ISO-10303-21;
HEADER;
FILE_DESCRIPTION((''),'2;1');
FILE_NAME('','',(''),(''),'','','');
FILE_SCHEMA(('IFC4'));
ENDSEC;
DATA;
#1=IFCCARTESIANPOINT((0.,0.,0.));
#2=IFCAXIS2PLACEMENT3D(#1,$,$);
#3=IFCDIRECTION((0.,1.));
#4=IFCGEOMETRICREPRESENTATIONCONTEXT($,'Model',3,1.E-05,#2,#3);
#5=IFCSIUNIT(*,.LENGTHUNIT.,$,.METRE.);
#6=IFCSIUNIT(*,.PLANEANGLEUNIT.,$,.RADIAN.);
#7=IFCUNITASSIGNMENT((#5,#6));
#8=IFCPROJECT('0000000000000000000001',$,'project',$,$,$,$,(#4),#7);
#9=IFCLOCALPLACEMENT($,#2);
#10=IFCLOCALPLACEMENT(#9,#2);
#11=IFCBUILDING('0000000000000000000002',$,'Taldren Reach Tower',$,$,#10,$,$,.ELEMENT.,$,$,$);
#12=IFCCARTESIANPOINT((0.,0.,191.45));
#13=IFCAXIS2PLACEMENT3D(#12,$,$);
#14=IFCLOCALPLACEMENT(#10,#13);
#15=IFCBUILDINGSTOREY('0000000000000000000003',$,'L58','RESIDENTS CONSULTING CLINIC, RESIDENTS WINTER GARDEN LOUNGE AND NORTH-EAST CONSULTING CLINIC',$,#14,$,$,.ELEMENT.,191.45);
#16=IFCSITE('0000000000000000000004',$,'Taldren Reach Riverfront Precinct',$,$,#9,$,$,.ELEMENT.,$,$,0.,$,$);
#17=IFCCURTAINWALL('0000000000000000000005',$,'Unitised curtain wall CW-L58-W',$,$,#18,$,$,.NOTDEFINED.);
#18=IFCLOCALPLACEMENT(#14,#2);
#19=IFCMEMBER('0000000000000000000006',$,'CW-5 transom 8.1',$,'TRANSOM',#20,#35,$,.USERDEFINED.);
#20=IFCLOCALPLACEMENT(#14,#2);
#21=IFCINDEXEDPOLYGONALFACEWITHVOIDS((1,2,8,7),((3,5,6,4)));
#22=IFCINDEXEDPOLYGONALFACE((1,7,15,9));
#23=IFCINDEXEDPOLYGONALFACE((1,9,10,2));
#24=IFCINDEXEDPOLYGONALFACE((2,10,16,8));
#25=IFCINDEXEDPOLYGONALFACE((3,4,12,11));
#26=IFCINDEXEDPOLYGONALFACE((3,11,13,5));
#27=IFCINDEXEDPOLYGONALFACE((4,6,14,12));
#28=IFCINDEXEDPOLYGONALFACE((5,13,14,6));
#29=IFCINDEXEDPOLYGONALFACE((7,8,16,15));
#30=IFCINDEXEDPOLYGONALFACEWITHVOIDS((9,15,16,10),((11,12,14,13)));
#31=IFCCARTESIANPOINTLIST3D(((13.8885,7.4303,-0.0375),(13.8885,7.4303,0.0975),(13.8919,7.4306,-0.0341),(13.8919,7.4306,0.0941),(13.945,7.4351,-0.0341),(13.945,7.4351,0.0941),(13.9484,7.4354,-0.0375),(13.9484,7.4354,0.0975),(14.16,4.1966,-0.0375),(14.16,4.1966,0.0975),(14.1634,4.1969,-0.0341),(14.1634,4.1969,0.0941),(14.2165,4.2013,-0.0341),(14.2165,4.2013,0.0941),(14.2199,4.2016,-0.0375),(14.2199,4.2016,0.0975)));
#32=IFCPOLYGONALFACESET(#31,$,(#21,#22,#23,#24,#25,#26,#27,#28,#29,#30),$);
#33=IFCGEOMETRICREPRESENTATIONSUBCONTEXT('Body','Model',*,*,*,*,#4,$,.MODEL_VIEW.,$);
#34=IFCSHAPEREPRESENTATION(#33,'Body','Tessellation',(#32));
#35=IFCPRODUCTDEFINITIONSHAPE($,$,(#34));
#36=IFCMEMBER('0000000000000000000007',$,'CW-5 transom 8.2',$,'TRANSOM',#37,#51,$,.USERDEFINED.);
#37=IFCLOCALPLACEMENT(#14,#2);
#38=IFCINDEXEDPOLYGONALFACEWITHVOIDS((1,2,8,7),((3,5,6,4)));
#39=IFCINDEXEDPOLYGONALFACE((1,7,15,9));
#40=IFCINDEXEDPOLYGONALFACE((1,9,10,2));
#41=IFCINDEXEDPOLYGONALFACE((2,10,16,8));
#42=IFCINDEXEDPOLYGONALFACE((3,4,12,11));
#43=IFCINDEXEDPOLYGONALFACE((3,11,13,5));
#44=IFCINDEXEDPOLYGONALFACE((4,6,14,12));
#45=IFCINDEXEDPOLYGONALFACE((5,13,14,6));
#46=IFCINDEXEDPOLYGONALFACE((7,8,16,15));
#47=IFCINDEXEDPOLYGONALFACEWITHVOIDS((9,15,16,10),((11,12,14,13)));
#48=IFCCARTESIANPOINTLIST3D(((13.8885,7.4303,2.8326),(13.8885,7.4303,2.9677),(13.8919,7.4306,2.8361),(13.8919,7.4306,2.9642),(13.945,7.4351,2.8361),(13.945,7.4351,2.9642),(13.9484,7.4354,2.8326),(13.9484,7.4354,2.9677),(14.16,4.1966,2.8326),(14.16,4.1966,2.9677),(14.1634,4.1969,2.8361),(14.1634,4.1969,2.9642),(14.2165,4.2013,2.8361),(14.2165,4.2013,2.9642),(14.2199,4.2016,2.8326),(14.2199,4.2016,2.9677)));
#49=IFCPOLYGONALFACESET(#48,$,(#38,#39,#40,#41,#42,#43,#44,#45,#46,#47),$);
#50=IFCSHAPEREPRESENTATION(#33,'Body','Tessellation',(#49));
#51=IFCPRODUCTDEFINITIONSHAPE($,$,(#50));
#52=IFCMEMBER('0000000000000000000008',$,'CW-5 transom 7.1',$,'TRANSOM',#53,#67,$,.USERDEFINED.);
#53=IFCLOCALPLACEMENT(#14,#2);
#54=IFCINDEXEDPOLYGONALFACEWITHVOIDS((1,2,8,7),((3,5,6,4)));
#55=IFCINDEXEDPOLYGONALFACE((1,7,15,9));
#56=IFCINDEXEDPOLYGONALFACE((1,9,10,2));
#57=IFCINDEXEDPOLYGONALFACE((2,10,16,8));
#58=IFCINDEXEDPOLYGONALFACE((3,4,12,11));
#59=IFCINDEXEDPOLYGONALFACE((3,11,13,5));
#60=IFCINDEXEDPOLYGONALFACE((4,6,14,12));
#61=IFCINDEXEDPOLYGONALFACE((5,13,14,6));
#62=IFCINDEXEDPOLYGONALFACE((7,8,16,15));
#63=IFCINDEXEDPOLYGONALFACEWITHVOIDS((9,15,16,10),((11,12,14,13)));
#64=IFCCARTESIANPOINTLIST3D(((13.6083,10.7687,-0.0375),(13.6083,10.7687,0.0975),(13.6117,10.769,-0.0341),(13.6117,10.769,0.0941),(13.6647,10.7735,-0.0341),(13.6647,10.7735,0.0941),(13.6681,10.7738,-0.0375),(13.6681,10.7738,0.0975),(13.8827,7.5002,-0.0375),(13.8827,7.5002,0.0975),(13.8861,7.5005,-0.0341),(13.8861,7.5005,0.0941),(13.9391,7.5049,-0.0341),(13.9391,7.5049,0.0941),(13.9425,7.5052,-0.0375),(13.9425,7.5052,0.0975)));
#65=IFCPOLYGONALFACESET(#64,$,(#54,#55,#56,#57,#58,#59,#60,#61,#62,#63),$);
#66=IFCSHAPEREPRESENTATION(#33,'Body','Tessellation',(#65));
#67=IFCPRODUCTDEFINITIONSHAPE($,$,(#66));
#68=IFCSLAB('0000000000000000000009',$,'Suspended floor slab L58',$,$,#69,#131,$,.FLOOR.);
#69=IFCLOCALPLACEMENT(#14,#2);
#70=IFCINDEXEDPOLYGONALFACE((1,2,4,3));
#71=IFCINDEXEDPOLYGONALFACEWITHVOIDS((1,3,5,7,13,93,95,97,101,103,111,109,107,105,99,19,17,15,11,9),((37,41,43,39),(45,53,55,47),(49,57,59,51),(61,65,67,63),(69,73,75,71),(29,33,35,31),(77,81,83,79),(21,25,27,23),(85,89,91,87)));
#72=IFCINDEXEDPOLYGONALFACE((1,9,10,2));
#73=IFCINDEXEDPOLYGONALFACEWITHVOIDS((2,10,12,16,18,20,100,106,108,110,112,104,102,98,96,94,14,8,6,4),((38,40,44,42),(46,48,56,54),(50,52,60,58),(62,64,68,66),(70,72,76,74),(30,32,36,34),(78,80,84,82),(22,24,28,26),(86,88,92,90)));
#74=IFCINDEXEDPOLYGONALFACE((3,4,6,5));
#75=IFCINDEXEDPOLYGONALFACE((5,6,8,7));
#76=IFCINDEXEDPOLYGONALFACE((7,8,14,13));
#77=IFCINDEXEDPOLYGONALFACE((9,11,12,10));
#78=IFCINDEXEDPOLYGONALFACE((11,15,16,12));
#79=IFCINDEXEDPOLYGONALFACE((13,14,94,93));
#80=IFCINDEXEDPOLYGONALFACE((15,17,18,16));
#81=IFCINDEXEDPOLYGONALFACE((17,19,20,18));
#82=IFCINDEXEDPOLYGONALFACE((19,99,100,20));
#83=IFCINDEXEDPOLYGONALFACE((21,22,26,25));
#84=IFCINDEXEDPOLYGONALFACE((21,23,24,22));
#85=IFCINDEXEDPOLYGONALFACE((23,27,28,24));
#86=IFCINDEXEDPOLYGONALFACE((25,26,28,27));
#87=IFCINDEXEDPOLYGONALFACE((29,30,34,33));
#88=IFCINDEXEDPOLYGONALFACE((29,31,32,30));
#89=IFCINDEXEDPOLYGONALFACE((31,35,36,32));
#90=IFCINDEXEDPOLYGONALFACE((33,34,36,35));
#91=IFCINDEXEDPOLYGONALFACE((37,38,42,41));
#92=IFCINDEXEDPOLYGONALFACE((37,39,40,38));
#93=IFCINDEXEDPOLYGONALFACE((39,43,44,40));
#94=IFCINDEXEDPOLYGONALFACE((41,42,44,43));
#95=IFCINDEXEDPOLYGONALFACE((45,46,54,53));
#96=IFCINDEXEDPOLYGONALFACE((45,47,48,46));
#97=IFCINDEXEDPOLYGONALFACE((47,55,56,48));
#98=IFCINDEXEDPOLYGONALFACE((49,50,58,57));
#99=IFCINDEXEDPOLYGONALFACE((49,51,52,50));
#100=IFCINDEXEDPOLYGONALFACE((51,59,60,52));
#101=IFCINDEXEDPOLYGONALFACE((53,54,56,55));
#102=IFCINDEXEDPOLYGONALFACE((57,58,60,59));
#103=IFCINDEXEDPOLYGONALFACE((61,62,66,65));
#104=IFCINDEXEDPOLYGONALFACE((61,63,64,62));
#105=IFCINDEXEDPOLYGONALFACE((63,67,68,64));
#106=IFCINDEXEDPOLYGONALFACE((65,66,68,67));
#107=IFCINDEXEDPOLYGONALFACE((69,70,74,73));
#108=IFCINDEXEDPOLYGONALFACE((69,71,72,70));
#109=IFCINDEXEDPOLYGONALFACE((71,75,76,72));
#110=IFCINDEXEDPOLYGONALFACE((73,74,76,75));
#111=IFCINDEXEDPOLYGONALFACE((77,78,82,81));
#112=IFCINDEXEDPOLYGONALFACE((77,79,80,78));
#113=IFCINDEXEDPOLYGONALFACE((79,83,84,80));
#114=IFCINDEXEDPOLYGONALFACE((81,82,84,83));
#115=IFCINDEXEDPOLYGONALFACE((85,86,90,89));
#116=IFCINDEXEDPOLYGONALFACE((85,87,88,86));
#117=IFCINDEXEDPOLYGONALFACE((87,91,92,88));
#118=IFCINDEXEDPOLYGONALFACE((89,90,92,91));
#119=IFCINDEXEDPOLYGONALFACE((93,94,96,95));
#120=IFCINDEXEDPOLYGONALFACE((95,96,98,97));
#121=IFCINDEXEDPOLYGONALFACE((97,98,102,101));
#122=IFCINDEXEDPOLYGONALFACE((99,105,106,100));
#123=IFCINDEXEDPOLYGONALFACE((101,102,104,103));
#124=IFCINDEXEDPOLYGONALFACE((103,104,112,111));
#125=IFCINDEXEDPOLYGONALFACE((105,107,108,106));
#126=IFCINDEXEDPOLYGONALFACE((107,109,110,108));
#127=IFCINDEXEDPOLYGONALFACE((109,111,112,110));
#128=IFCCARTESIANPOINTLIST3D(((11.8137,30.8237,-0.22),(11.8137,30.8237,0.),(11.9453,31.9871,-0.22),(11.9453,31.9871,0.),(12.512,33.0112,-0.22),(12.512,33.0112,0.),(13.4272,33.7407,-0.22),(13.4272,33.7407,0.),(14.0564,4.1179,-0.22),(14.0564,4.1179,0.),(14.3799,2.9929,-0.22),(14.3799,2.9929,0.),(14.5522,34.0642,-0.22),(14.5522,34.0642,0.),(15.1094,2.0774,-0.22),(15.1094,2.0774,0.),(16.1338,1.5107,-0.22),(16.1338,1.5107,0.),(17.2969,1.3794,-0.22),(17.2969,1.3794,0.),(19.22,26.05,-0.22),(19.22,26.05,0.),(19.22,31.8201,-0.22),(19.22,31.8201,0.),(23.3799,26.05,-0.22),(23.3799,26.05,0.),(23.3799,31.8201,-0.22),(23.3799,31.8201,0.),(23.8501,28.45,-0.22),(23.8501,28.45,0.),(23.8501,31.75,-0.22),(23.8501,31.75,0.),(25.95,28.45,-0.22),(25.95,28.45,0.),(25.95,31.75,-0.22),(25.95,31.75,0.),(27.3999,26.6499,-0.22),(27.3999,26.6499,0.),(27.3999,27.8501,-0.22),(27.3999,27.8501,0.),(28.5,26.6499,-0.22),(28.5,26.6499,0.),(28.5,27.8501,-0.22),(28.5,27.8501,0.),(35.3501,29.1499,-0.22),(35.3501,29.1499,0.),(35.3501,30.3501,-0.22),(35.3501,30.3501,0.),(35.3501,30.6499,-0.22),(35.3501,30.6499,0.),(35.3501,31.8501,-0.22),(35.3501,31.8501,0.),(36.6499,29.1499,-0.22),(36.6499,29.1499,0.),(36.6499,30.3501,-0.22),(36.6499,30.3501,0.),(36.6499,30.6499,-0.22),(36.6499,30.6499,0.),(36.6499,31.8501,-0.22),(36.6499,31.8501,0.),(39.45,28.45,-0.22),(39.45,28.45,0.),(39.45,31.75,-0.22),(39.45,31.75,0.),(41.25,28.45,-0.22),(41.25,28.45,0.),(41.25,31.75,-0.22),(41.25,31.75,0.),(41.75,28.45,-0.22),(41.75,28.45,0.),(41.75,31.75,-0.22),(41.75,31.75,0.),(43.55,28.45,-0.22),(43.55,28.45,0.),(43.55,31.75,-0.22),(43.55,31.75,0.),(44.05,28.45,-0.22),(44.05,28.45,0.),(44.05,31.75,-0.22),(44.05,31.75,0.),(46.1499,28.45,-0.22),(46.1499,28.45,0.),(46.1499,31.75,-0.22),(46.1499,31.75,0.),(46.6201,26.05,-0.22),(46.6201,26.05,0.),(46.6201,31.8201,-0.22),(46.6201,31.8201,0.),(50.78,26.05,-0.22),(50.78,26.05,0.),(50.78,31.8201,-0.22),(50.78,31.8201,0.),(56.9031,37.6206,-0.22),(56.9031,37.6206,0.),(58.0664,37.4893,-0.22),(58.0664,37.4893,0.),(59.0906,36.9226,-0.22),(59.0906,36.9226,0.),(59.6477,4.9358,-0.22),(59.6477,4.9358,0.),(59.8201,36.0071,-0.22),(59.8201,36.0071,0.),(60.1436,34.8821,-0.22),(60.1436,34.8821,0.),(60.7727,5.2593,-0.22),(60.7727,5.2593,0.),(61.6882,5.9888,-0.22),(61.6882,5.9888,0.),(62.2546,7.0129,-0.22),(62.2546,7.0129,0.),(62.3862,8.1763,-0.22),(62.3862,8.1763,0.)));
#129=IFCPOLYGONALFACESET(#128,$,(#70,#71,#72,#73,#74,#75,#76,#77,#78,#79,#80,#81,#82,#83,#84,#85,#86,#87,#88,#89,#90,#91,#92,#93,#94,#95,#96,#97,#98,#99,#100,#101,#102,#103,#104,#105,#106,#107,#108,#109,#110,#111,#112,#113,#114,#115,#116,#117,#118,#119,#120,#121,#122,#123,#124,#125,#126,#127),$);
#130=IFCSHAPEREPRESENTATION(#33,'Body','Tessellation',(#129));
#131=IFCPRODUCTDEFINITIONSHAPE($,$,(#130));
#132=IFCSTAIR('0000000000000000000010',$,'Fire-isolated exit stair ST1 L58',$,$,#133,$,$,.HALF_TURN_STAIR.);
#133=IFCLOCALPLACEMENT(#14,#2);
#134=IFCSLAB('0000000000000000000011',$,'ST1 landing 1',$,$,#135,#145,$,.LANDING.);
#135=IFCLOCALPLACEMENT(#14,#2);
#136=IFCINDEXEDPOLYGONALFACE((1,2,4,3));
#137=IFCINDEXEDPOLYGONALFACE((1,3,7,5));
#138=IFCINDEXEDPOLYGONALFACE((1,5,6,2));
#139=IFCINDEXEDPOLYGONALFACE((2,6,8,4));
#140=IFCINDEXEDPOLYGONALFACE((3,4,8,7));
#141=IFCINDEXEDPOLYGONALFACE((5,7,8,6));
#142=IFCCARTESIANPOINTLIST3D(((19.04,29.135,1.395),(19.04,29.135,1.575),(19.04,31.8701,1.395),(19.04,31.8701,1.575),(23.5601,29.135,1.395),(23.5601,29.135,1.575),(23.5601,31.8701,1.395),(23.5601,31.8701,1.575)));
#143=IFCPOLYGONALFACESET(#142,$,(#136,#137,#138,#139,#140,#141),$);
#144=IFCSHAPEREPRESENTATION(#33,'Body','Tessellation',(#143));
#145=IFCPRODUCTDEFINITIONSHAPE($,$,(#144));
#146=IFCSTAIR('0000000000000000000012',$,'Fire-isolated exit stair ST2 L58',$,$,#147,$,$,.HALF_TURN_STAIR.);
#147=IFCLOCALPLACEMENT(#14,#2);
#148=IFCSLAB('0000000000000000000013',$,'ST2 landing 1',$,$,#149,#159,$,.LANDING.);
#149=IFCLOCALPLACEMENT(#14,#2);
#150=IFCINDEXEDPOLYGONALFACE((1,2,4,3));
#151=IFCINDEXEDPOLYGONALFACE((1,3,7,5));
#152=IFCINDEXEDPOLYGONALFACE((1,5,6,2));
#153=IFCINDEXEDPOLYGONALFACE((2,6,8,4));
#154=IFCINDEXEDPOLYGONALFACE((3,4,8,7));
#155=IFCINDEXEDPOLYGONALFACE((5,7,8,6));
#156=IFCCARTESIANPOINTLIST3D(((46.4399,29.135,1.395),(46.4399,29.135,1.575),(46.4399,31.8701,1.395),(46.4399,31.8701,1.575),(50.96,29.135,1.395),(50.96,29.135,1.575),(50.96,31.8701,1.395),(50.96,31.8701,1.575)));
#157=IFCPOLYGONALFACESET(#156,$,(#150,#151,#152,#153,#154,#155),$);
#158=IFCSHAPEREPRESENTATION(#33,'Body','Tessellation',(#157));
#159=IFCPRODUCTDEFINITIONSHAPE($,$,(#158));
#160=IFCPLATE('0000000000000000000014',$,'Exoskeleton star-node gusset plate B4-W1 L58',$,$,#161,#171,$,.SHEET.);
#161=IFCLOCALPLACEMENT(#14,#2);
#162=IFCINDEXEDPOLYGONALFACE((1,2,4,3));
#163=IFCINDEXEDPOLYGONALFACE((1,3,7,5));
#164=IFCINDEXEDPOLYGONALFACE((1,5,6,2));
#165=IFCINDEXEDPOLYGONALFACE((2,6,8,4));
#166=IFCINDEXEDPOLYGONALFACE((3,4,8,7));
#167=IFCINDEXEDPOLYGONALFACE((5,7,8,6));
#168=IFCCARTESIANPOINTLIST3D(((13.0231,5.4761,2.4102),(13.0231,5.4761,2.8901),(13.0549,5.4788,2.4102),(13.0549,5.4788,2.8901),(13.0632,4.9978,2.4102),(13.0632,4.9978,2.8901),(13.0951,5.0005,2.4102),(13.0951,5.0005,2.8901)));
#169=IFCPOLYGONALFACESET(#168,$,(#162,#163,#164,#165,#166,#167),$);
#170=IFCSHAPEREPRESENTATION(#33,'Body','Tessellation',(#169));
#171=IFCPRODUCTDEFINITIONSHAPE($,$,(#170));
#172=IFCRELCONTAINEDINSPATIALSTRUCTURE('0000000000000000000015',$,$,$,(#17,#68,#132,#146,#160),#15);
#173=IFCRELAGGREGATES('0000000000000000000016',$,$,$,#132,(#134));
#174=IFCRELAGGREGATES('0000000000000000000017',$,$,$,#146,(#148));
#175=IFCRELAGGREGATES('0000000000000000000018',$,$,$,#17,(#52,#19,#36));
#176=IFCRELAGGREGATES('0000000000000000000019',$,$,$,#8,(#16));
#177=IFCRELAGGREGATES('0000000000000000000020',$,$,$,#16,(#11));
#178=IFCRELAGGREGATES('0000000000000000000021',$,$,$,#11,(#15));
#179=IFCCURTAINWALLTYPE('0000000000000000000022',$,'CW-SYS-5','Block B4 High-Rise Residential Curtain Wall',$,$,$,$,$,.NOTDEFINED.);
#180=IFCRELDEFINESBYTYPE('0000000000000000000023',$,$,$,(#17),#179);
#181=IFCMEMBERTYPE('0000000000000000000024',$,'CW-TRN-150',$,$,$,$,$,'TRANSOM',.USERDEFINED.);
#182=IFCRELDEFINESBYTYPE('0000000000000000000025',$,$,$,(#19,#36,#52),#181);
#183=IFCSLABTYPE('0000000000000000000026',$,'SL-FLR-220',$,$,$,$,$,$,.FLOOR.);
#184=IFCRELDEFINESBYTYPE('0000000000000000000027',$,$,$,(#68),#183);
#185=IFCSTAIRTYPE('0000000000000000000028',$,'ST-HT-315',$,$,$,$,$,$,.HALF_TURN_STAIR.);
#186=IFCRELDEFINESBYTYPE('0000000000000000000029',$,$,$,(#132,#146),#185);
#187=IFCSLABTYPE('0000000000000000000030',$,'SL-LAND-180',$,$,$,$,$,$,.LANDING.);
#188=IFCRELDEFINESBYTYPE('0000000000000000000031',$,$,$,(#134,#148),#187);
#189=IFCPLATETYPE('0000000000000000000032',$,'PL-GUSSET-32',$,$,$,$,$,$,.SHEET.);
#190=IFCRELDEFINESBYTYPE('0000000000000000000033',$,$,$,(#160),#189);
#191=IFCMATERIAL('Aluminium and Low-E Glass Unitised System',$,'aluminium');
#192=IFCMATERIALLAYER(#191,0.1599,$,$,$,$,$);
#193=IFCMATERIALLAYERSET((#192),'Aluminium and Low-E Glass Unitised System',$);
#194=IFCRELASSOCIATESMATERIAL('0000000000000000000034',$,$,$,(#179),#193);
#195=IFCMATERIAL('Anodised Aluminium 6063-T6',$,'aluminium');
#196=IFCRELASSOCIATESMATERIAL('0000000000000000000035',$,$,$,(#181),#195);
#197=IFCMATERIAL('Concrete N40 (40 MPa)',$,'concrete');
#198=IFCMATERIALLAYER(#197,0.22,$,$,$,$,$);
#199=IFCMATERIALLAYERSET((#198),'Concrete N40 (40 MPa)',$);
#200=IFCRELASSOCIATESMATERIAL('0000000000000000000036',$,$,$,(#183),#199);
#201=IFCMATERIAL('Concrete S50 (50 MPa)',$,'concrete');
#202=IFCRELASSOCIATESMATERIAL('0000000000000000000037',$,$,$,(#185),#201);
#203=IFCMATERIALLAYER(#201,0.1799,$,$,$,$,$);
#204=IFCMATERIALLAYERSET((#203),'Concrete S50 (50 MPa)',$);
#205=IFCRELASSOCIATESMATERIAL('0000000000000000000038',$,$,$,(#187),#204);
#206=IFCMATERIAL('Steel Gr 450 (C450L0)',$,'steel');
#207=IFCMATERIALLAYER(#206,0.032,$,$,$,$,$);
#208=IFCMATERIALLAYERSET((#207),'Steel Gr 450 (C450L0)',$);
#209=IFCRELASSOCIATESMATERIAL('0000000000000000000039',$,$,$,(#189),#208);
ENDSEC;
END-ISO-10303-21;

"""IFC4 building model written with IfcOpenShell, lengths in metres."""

from ifc_helpers import new_model, si_unit, direction, frame, origin, origin_2d, place, context, subcontext, project, spatial, polyline, rectangle, hollow_rectangle, outline, extrude, source, transform, mapped, material, layer, layer_set, material_profile, profile_set, type_object, element, aggregate, save


model = new_model("IFC4")

# Units and contexts
model_context = context("Model", 3, precision=1e-05, world=origin(), true_north=direction((0.0, 1.0)))
body_context = subcontext(model_context, "Body", "Model", "MODEL_VIEW")
ifc_project = project(units=[si_unit("LENGTHUNIT", "METRE"), si_unit("PLANEANGLEUNIT", "RADIAN")], contexts=[model_context])

# Site, building, storey
site_placement = place(None, origin())
site = spatial("IfcSite", under=ifc_project, at=site_placement, Name="Taldren Reach Riverfront Precinct", CompositionType="ELEMENT", RefElevation=0.0)
building_placement = place(site_placement, origin())
building = spatial("IfcBuilding", under=site, at=building_placement, Name="Taldren Reach Tower", CompositionType="ELEMENT")
storey_placement = place(building_placement, frame((0.0, 0.0, 191.45)))
storey = spatial("IfcBuildingStorey", under=building, at=storey_placement, Name="L58", Description="RESIDENTS CONSULTING CLINIC, RESIDENTS WINTER GARDEN LOUNGE AND NORTH-EAST CONSULTING CLINIC", CompositionType="ELEMENT", Elevation=191.45)

# Shared definitions
ifc_material_1 = material(Name="Steel Gr 450 (C450L0)", Category="steel")

# Shared definitions
ifc_material_2 = material(Name="Aluminium and Low-E Glass Unitised System", Category="aluminium")
ifc_layer_1 = layer(ifc_material_2, 0.1599)
ifc_layer_set_1 = layer_set([ifc_layer_1], Name="Aluminium and Low-E Glass Unitised System")
curtain_wall_type = type_object("IfcCurtainWallType", Name="CW-SYS-5", Description="Block B4 High-Rise Residential Curtain Wall", PredefinedType="NOTDEFINED", material=ifc_layer_set_1)
ifc_material_3 = material(Name="Anodised Aluminium 6063-T6", Category="aluminium")

# Curtain wall
curtain_wall_1_placement = place(storey_placement, origin())
curtain_wall_1 = element("IfcCurtainWall", 1, at=curtain_wall_1_placement, inside=storey, type_object=curtain_wall_type, Name="Unitised curtain wall CW-L58-W", PredefinedType="NOTDEFINED")

# Members
ifc_material_profile_1 = material_profile(ifc_material_3, hollow_rectangle(XDim=0.0601, YDim=0.135, WallThickness=0.0034, at=origin_2d()), Name="ALU-135x60x3.5RHS")
ifc_profile_set_1 = profile_set([ifc_material_profile_1], Name="Anodised Aluminium 6063-T6")
member_type_1 = type_object("IfcMemberType", Name="CW-TRN-150", ElementType="TRANSOM", PredefinedType="USERDEFINED", material=ifc_profile_set_1)
shared_shape_1 = source(origin(), body_context, "Body", "SweptSolid", [
    extrude(hollow_rectangle(XDim=0.0601, YDim=0.135, WallThickness=0.0034, at=origin_2d()), origin(), (0.0, 0.0, 1.0), 3.2451),
])
member_1_placement = place(storey_placement, frame((13.9185, 7.4329, 0.03), z_axis=(0.083662, -0.996494, 0.0), x_axis=(0.996494, 0.083662, 0.0)))
member_1 = element("IfcMember", 2, at=member_1_placement, type_object=member_type_1, Name="CW-5 transom 8.1", ObjectType="TRANSOM", PredefinedType="USERDEFINED", context=body_context, shape_type="MappedRepresentation", body=[
    mapped(shared_shape_1, transform((0.0, 0.0, 0.0), scale=1.0)),
])
member_2_placement = place(storey_placement, frame((13.9185, 7.4329, 2.9001), z_axis=(0.083662, -0.996494, 0.0), x_axis=(0.996494, 0.083662, 0.0)))
member_2 = element("IfcMember", 3, at=member_2_placement, type_object=member_type_1, Name="CW-5 transom 8.2", ObjectType="TRANSOM", PredefinedType="USERDEFINED", context=body_context, shape_type="MappedRepresentation", body=[
    mapped(shared_shape_1, transform((0.0, 0.0, 0.0), scale=1.0)),
])
shared_shape_2 = source(origin(), body_context, "Body", "SweptSolid", [
    extrude(hollow_rectangle(XDim=0.0601, YDim=0.135, WallThickness=0.0034, at=origin_2d()), origin(), (0.0, 0.0, 1.0), 3.28),
])
member_3_placement = place(storey_placement, frame((13.6382, 10.7712, 0.03), z_axis=(0.083661, -0.996494, 0.0), x_axis=(0.996494, 0.083661, 0.0)))
member_3 = element("IfcMember", 4, at=member_3_placement, type_object=member_type_1, Name="CW-5 transom 7.1", ObjectType="TRANSOM", PredefinedType="USERDEFINED", context=body_context, shape_type="MappedRepresentation", body=[
    mapped(shared_shape_2, transform((0.0, 0.0, 0.0), scale=1.0)),
])

# Slab
ifc_material_4 = material(Name="Concrete N40 (40 MPa)", Category="concrete")
ifc_layer_2 = layer(ifc_material_4, 0.22)
ifc_layer_set_2 = layer_set([ifc_layer_2], Name="Concrete N40 (40 MPa)")
slab_type_1 = type_object("IfcSlabType", Name="SL-FLR-220", PredefinedType="FLOOR", material=ifc_layer_set_2)
slab_1_placement = place(storey_placement, frame((0.0, 0.0, -0.22)))
element("IfcSlab", 5, at=slab_1_placement, inside=storey, type_object=slab_type_1, Name="Suspended floor slab L58", PredefinedType="FLOOR", context=body_context, shape_type="SweptSolid", body=[
    extrude(outline(polyline([(59.6477, 4.9358), (60.7727, 5.2593), (61.6882, 5.9888), (62.2546, 7.0129), (62.3862, 8.1763), (60.1436, 34.8821), (59.8201, 36.0071), (59.0906, 36.9226), (58.0664, 37.4893), (56.9031, 37.6206), (14.5522, 34.0642), (13.4272, 33.7407), (12.512, 33.0112), (11.9453, 31.9871), (11.8137, 30.8237), (14.0564, 4.1179), (14.3799, 2.9929), (15.1094, 2.0774), (16.1338, 1.5107), (17.2969, 1.3794), (59.6477, 4.9358)]), holes=[polyline([(19.22, 26.05), (23.3799, 26.05), (23.3799, 31.8201), (19.22, 31.8201), (19.22, 26.05)]), polyline([(46.6201, 26.05), (50.78, 26.05), (50.78, 31.8201), (46.6201, 31.8201), (46.6201, 26.05)]), polyline([(23.8501, 28.45), (25.95, 28.45), (25.95, 31.75), (23.8501, 31.75), (23.8501, 28.45)]), polyline([(44.05, 28.45), (46.1499, 28.45), (46.1499, 31.75), (44.05, 31.75), (44.05, 28.45)]), polyline([(39.45, 28.45), (41.25, 28.45), (41.25, 31.75), (39.45, 31.75), (39.45, 28.45)]), polyline([(41.75, 28.45), (43.55, 28.45), (43.55, 31.75), (41.75, 31.75), (41.75, 28.45)]), polyline([(35.3501, 30.6499), (36.6499, 30.6499), (36.6499, 31.8501), (35.3501, 31.8501), (35.3501, 30.6499)]), polyline([(35.3501, 29.1499), (36.6499, 29.1499), (36.6499, 30.3501), (35.3501, 30.3501), (35.3501, 29.1499)]), polyline([(27.3999, 26.6499), (28.5, 26.6499), (28.5, 27.8501), (27.3999, 27.8501), (27.3999, 26.6499)])]), origin(), (0.0, 0.0, 1.0), 0.22),
])

# Stairs, slabs
ifc_material_5 = material(Name="Concrete S50 (50 MPa)", Category="concrete")
stair_type = type_object("IfcStairType", Name="ST-HT-315", PredefinedType="HALF_TURN_STAIR", material=ifc_material_5)
stair_1_placement = place(storey_placement, origin())
stair_1 = element("IfcStair", 6, at=stair_1_placement, inside=storey, type_object=stair_type, Name="Fire-isolated exit stair ST1 L58", PredefinedType="HALF_TURN_STAIR")
ifc_layer_3 = layer(ifc_material_5, 0.1799)
ifc_layer_set_3 = layer_set([ifc_layer_3], Name="Concrete S50 (50 MPa)")
slab_type_2 = type_object("IfcSlabType", Name="SL-LAND-180", PredefinedType="LANDING", material=ifc_layer_set_3)
slab_2_placement = place(storey_placement, frame((0.0, 0.0, 1.395)))
slab_2 = element("IfcSlab", 7, at=slab_2_placement, type_object=slab_type_2, Name="ST1 landing 1", PredefinedType="LANDING", context=body_context, shape_type="SweptSolid", body=[
    extrude(outline(polyline([(19.04, 29.135), (23.5601, 29.135), (23.5601, 31.8701), (19.04, 31.8701), (19.04, 29.135)])), origin(), (0.0, 0.0, 1.0), 0.1799),
])
aggregate(stair_1, [slab_2])
stair_2_placement = place(storey_placement, origin())
stair_2 = element("IfcStair", 8, at=stair_2_placement, inside=storey, type_object=stair_type, Name="Fire-isolated exit stair ST2 L58", PredefinedType="HALF_TURN_STAIR")
slab_3_placement = place(storey_placement, frame((0.0, 0.0, 1.395)))
slab_3 = element("IfcSlab", 9, at=slab_3_placement, type_object=slab_type_2, Name="ST2 landing 1", PredefinedType="LANDING", context=body_context, shape_type="SweptSolid", body=[
    extrude(outline(polyline([(46.4399, 29.135), (50.96, 29.135), (50.96, 31.8701), (46.4399, 31.8701), (46.4399, 29.135)])), origin(), (0.0, 0.0, 1.0), 0.1799),
])
aggregate(stair_2, [slab_3])

# Plate
ifc_layer_4 = layer(ifc_material_1, 0.032)
ifc_layer_set_4 = layer_set([ifc_layer_4], Name="Steel Gr 450 (C450L0)")
plate_type_1 = type_object("IfcPlateType", Name="PL-GUSSET-32", PredefinedType="SHEET", material=ifc_layer_set_4)
shared_shape_3 = source(origin(), body_context, "Body", "SweptSolid", [
    extrude(rectangle(XDim=0.48, YDim=0.032, at=origin_2d()), origin(), (0.0, 0.0, 1.0), 0.48),
])
plate_1_placement = place(storey_placement, frame((13.0591, 5.2383, 2.4102), z_axis=(0.0, 0.0, 1.0), x_axis=(-0.083678, 0.996493, 0.0)))
element("IfcPlate", 10, at=plate_1_placement, inside=storey, type_object=plate_type_1, Name="Exoskeleton star-node gusset plate B4-W1 L58", PredefinedType="SHEET", context=body_context, shape_type="MappedRepresentation", body=[
    mapped(shared_shape_3, transform((0.0, 0.0, 0.0), scale=1.0)),
])
aggregate(curtain_wall_1, [member_3, member_1, member_2])

save(model, "model.ifc")
